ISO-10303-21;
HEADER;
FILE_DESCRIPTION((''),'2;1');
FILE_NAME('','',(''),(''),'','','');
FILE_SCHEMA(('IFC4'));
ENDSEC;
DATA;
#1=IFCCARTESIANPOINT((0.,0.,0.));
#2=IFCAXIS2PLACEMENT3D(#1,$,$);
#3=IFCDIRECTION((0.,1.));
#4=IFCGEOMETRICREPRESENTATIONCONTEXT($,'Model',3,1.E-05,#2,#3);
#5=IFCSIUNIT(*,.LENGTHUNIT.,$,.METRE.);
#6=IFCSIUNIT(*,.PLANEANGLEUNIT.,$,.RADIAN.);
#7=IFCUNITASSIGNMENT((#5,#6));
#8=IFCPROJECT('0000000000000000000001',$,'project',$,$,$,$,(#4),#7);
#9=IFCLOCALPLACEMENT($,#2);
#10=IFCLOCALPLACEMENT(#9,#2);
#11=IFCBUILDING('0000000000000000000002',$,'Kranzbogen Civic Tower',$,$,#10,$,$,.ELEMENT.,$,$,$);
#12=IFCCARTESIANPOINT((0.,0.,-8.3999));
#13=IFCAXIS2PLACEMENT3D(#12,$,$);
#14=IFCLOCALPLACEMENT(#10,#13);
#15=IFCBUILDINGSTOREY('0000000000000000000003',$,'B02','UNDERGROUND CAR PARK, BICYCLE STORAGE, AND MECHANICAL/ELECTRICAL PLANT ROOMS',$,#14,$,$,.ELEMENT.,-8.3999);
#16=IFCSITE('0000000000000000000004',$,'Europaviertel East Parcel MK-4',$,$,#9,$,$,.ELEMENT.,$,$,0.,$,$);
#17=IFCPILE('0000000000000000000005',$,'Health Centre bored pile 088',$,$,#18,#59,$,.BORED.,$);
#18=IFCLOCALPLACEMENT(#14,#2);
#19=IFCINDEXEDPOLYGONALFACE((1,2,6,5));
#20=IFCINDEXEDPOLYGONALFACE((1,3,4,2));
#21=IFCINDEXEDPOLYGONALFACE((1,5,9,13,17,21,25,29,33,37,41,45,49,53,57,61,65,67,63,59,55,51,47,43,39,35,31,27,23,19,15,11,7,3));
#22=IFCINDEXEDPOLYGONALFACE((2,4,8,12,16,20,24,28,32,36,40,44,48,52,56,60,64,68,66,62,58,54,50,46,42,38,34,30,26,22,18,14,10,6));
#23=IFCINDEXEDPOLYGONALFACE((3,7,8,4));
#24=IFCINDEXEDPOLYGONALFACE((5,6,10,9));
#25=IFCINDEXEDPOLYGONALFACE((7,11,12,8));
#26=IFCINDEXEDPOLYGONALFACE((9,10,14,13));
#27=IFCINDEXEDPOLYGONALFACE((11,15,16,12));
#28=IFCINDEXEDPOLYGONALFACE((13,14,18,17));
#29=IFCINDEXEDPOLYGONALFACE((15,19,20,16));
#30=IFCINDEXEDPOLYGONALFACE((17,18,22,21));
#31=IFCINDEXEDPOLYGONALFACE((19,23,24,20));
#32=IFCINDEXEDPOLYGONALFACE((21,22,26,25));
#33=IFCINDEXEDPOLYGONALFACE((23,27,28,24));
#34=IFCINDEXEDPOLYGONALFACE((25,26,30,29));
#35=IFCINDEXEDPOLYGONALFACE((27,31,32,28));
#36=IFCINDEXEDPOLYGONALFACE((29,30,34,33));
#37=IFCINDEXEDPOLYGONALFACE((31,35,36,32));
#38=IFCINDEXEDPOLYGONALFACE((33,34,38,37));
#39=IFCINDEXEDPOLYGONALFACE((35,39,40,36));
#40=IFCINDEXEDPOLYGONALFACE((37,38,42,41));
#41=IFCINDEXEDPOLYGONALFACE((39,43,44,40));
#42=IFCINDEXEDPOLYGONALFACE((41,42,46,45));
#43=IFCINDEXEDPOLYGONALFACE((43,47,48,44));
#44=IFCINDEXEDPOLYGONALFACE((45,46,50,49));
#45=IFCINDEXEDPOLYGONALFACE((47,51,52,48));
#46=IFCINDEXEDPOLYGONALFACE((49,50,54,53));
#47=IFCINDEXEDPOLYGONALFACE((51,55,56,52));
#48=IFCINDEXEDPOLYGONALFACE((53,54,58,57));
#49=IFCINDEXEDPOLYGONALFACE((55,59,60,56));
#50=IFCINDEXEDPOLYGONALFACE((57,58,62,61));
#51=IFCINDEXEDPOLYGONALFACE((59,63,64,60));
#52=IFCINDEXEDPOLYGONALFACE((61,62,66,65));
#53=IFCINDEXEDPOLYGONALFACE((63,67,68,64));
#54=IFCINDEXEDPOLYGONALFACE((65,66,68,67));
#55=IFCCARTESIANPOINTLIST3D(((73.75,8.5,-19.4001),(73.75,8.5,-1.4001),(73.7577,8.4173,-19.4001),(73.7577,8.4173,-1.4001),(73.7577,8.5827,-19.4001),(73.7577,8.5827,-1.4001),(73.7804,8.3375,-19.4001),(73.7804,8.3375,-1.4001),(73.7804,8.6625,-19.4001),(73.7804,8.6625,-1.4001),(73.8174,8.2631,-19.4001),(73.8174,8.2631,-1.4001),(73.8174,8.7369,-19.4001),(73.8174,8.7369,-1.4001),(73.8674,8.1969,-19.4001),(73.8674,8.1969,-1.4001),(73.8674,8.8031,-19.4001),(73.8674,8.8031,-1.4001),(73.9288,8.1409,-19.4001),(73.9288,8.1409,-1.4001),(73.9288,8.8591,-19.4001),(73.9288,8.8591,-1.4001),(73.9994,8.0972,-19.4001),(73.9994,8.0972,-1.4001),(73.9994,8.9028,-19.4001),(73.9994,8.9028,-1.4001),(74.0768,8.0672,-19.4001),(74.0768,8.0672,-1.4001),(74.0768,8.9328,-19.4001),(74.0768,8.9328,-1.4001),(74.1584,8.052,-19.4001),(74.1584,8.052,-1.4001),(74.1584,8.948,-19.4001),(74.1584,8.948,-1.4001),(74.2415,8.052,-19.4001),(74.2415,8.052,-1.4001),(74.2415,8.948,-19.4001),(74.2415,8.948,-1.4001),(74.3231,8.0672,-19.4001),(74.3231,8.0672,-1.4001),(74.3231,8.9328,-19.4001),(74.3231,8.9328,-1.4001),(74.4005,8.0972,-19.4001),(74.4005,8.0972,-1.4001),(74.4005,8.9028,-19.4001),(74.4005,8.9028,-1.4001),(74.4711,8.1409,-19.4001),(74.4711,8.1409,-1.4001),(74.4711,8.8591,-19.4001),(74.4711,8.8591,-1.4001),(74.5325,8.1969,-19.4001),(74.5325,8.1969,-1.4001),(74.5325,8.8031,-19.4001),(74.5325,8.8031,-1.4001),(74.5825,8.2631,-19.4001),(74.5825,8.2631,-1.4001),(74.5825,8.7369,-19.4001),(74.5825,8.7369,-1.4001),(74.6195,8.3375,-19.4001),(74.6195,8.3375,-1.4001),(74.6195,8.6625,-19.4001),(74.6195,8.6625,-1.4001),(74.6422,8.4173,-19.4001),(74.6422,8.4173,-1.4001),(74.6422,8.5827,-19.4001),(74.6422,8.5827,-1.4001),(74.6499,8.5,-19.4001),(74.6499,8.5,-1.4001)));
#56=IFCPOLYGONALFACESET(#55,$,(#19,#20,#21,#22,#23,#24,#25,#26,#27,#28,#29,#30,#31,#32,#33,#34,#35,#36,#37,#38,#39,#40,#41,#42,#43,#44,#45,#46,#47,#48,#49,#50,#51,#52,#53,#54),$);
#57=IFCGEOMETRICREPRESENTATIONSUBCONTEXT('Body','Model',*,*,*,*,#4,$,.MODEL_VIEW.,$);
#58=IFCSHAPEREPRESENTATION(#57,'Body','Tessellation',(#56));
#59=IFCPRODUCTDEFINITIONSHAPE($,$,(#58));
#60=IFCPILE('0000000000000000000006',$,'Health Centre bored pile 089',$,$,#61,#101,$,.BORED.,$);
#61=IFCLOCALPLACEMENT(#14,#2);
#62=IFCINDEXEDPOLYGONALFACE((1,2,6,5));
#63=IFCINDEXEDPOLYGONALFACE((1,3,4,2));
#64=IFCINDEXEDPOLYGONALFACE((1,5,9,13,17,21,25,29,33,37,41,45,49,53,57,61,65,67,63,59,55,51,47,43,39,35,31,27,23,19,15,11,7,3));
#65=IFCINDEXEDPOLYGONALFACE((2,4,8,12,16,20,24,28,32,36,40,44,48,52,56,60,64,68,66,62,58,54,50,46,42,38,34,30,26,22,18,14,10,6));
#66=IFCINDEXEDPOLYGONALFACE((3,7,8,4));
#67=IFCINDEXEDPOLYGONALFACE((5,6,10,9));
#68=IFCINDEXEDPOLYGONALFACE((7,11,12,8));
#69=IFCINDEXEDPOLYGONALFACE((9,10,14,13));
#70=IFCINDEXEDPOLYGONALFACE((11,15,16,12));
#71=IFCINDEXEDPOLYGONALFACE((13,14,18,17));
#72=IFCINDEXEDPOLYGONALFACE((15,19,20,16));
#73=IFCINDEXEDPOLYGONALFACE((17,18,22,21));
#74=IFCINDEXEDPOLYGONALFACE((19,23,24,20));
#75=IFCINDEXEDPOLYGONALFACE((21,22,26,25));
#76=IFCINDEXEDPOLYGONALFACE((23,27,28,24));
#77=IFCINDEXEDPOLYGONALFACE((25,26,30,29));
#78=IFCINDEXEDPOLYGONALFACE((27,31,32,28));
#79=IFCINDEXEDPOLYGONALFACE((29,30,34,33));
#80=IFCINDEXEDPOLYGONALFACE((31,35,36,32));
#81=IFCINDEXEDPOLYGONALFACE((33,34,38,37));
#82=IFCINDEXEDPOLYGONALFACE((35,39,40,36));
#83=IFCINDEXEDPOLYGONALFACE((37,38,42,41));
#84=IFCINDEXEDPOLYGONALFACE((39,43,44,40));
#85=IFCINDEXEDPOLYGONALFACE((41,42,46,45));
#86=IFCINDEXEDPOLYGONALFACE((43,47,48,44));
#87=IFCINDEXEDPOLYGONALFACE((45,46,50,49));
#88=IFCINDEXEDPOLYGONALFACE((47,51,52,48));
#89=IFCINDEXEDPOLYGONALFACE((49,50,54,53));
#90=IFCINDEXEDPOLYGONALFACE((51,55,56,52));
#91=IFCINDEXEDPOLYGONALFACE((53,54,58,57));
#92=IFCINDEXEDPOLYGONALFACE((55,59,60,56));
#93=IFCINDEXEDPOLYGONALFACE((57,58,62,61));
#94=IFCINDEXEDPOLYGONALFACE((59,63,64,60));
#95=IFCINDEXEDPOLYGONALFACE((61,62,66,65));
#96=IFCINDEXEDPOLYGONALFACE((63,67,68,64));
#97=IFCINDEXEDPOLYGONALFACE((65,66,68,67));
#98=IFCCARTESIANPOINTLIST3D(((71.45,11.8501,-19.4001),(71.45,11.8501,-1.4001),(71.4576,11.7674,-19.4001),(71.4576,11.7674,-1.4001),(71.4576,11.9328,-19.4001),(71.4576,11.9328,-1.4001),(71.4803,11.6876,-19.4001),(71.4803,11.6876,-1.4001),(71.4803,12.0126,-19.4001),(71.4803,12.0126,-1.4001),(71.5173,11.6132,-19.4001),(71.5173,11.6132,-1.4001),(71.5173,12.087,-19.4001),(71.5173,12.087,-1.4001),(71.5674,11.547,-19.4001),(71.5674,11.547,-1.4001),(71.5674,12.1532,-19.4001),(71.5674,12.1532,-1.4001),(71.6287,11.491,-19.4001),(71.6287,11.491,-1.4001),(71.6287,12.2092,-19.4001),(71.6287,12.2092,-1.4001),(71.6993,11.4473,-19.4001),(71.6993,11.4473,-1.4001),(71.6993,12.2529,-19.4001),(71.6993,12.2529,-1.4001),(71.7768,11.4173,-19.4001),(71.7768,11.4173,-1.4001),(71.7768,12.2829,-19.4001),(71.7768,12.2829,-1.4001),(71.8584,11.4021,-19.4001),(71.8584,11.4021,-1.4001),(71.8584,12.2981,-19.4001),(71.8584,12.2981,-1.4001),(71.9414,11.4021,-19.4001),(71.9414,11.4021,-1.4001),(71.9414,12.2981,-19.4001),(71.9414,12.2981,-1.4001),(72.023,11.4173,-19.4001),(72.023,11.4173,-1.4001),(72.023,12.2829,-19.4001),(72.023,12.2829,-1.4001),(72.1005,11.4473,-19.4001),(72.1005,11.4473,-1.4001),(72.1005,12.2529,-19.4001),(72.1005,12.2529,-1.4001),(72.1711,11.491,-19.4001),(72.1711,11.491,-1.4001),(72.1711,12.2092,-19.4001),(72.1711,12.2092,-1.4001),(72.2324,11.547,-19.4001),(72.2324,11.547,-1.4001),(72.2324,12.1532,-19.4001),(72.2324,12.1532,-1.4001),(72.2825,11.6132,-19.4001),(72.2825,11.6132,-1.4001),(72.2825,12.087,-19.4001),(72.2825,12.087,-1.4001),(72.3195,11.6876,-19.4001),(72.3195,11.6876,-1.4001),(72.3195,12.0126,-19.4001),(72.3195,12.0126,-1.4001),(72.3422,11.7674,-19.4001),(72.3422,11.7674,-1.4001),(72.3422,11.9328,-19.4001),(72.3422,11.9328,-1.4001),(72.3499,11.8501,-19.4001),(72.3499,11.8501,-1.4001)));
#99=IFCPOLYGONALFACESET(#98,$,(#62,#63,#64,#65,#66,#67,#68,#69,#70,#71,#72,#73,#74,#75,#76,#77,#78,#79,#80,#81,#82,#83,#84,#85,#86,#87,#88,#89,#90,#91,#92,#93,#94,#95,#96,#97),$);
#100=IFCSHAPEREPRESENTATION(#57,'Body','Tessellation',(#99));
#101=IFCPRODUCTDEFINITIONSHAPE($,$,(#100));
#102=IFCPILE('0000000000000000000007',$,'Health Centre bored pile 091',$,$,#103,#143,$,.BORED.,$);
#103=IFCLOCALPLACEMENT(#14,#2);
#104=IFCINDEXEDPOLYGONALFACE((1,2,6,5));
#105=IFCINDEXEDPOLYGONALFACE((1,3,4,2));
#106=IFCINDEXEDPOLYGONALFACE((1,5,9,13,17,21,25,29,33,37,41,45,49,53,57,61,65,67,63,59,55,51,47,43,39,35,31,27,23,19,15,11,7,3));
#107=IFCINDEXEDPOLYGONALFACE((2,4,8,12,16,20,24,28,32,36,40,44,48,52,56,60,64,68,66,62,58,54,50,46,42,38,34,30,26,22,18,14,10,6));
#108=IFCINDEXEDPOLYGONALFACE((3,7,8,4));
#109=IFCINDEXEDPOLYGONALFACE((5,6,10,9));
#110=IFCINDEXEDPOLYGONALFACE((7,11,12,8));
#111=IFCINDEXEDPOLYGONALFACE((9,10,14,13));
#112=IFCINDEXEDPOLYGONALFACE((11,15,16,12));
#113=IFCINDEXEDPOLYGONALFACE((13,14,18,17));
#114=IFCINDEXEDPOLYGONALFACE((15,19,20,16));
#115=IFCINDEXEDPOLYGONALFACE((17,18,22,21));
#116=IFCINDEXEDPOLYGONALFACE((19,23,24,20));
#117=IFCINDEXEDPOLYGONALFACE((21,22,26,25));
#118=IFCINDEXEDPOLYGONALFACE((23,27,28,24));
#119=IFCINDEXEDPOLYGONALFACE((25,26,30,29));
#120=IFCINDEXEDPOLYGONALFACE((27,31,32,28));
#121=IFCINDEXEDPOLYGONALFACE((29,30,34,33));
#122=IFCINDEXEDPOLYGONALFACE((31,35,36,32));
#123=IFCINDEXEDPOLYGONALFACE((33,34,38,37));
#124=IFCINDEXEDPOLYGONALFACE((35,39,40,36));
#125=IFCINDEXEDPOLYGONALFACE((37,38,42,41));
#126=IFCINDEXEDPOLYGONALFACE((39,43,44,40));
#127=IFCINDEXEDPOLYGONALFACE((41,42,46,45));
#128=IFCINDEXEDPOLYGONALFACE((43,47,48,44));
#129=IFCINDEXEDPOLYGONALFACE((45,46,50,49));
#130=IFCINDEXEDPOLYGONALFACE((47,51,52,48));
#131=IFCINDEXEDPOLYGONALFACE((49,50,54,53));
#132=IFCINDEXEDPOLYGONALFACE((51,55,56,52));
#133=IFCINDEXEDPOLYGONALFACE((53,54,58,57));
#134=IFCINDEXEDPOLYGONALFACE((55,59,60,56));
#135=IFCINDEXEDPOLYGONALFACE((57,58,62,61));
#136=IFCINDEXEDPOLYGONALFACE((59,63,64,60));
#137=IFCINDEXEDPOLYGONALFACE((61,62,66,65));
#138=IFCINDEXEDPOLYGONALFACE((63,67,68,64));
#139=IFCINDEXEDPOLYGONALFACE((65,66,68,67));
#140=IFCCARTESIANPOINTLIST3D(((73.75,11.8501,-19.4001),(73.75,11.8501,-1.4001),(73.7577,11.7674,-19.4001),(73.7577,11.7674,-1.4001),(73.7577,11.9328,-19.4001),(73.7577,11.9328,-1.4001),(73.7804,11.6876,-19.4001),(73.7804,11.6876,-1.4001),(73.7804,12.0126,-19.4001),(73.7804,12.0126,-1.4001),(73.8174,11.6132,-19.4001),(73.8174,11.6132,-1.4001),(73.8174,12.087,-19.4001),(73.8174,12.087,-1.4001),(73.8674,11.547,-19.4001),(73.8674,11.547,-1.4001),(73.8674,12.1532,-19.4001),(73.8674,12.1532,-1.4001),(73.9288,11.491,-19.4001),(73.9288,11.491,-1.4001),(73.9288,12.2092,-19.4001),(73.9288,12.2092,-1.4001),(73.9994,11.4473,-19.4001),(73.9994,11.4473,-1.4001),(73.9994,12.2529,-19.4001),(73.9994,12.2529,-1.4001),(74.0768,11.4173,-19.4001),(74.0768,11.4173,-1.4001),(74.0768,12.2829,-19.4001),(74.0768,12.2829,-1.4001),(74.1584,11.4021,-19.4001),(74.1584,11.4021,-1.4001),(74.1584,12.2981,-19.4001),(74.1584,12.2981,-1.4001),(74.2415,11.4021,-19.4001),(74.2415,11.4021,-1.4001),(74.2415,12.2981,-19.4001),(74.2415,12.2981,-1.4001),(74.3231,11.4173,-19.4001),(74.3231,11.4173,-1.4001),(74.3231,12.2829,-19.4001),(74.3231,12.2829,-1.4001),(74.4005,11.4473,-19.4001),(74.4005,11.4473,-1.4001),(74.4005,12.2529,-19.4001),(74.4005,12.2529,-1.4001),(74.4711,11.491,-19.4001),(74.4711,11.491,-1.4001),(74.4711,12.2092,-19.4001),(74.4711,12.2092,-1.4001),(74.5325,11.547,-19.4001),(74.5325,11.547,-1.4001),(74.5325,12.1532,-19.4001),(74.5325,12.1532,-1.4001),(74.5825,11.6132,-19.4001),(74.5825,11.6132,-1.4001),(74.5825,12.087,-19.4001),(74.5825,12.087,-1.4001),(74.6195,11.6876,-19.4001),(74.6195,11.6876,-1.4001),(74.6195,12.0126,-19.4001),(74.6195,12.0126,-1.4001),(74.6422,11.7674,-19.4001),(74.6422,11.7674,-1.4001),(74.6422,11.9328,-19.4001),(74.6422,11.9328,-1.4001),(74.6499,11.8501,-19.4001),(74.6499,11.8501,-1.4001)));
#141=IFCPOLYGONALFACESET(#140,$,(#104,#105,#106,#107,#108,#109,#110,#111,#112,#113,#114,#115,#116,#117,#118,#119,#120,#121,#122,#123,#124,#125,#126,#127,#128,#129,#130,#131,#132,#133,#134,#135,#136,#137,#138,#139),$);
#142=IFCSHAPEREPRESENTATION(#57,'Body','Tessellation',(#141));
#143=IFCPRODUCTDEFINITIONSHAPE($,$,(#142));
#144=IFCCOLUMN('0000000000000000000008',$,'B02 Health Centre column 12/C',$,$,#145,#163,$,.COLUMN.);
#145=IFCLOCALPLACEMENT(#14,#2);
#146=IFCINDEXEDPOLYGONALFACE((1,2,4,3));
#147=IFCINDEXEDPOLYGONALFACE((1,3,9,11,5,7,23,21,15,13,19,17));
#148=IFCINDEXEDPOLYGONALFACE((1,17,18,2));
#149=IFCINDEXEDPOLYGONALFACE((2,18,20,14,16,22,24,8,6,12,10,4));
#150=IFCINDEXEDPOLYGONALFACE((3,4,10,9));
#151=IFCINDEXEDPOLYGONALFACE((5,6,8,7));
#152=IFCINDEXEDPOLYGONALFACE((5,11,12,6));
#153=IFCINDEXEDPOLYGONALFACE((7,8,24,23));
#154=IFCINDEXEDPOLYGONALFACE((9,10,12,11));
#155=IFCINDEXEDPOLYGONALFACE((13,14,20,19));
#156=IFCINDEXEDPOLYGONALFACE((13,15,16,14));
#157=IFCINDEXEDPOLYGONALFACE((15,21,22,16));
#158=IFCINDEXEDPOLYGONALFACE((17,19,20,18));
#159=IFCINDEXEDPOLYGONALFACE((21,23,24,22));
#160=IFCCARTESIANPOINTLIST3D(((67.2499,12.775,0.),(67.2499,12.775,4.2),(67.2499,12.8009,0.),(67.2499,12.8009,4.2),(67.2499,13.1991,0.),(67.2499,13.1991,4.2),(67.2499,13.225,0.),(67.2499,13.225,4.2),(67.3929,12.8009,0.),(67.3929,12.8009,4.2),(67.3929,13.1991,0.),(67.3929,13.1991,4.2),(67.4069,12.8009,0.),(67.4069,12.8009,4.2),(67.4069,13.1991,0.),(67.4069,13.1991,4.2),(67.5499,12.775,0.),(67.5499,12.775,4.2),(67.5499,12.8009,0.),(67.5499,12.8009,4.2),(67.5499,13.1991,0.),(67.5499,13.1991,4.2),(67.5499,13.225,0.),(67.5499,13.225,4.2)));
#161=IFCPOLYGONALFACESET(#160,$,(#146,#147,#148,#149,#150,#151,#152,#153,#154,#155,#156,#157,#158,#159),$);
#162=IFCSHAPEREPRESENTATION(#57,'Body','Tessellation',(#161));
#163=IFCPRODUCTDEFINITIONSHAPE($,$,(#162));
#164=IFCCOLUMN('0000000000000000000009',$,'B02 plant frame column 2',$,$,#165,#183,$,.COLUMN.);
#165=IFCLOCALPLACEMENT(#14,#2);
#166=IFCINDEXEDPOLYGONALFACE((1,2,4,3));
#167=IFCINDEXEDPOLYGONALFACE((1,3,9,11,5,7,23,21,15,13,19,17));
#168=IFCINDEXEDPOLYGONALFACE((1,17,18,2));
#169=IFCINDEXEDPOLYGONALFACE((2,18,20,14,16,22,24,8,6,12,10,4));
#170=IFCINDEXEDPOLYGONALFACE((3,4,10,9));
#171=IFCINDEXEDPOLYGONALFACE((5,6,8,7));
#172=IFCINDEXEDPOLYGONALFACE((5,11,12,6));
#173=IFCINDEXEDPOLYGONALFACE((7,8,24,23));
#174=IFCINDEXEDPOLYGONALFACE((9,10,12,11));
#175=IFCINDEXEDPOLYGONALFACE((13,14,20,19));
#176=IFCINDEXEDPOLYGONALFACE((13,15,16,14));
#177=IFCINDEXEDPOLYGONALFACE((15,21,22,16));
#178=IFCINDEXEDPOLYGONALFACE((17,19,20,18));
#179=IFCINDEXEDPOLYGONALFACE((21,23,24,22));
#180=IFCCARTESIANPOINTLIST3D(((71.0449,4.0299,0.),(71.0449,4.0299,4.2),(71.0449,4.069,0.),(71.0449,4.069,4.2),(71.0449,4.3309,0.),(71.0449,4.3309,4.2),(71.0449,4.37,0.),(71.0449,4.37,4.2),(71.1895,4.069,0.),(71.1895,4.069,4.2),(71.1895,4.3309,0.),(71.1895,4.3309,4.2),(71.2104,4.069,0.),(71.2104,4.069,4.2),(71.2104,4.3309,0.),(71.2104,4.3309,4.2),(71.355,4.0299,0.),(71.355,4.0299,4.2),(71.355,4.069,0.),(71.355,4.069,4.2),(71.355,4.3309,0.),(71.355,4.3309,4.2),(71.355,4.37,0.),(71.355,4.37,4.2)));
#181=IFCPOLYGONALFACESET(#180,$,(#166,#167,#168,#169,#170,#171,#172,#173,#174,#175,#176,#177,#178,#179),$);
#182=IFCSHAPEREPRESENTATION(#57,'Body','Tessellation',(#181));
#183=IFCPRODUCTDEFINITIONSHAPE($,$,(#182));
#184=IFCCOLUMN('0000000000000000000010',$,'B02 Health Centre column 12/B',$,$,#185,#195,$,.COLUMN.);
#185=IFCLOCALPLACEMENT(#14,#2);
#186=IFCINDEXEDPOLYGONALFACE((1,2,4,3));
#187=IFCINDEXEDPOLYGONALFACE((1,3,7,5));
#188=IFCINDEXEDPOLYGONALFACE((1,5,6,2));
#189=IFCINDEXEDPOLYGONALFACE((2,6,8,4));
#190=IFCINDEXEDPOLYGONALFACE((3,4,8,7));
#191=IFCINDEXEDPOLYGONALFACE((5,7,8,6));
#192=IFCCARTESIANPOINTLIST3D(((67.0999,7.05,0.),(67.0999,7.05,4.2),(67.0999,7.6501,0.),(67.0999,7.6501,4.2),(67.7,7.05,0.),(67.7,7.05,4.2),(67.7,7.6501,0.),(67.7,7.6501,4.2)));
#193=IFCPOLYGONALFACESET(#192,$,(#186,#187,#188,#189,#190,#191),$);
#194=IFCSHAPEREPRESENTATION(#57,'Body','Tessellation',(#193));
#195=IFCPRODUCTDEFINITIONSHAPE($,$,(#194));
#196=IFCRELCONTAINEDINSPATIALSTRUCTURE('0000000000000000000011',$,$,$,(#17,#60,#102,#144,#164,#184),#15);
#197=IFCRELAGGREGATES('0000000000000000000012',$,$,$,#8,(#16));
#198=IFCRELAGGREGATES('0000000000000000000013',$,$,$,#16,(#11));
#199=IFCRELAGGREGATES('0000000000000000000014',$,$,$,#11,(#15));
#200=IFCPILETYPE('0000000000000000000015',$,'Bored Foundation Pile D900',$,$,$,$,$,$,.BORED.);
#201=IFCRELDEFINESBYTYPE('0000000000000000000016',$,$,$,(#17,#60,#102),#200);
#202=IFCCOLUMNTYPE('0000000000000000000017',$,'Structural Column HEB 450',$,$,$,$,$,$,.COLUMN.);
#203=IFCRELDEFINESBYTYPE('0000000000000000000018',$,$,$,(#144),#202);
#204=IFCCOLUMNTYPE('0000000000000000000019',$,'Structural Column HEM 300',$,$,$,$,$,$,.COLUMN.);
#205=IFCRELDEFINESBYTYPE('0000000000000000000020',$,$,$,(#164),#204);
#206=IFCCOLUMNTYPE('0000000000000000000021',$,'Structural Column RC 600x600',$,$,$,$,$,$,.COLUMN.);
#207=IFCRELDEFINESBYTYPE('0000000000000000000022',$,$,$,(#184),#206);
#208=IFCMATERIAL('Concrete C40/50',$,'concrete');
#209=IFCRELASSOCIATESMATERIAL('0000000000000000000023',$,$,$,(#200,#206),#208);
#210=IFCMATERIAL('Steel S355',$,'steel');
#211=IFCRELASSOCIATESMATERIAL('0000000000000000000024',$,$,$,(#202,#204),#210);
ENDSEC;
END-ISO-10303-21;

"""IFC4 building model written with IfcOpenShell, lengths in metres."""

from ifc_helpers import new_model, si_unit, direction, frame, origin, origin_2d, place, context, subcontext, project, spatial, rectangle, circle, i_section, extrude, material, material_profile, profile_set, type_object, element, save


model = new_model("IFC4")

# Units and contexts
model_context = context("Model", 3, precision=1e-05, world=origin(), true_north=direction((0.0, 1.0)))
body_context = subcontext(model_context, "Body", "Model", "MODEL_VIEW")
ifc_project = project(units=[si_unit("LENGTHUNIT", "METRE"), si_unit("PLANEANGLEUNIT", "RADIAN")], contexts=[model_context])

# Site, building, storey
site_placement = place(None, origin())
site = spatial("IfcSite", under=ifc_project, at=site_placement, Name="Europaviertel East Parcel MK-4", CompositionType="ELEMENT", RefElevation=0.0)
building_placement = place(site_placement, origin())
building = spatial("IfcBuilding", under=site, at=building_placement, Name="Kranzbogen Civic Tower", CompositionType="ELEMENT")
storey_placement = place(building_placement, frame((0.0, 0.0, -8.3999)))
storey = spatial("IfcBuildingStorey", under=building, at=storey_placement, Name="B02", Description="UNDERGROUND CAR PARK, BICYCLE STORAGE, AND MECHANICAL/ELECTRICAL PLANT ROOMS", CompositionType="ELEMENT", Elevation=-8.3999)

# Piles
ifc_material_1 = material(Name="Concrete C40/50", Category="concrete")
ifc_material_profile_1 = material_profile(ifc_material_1, circle(Radius=0.45, at=origin_2d()), Name="PILE D900")
ifc_profile_set_1 = profile_set([ifc_material_profile_1], Name="Concrete C40/50")
pile_type = type_object("IfcPileType", Name="Bored Foundation Pile D900", PredefinedType="BORED", material=ifc_profile_set_1)
for number, where, z_axis, x_axis, name in (
    (1, (74.2, 8.5, -1.4001), (0.0, 0.0, -1.0), (1.0, 0.0, 0.0), "Health Centre bored pile 088"),
    (2, (71.8999, 11.8501, -1.4001), (0.0, 0.0, -1.0), (1.0, 0.0, 0.0), "Health Centre bored pile 089"),
    (3, (74.2, 11.8501, -1.4001), (0.0, 0.0, -1.0), (1.0, 0.0, 0.0), "Health Centre bored pile 091"),
):
    element("IfcPile", number, at=place(storey_placement, frame(where, z_axis=z_axis, x_axis=x_axis)), inside=storey, type_object=pile_type, Name=name, PredefinedType="BORED", context=body_context, shape_type="SweptSolid", body=[
        extrude(circle(Radius=0.45, at=origin_2d()), origin(), (0.0, 0.0, 1.0), 18.0),
    ])

# Columns
ifc_material_2 = material(Name="Steel S355", Category="steel")
ifc_material_profile_2 = material_profile(ifc_material_2, i_section(OverallWidth=0.3, OverallDepth=0.45, WebThickness=0.0139, FlangeThickness=0.0259, at=origin_2d()), Name="HEB 450")
ifc_profile_set_2 = profile_set([ifc_material_profile_2], Name="Steel S355")
column_type_1 = type_object("IfcColumnType", Name="Structural Column HEB 450", PredefinedType="COLUMN", material=ifc_profile_set_2)
column_1_placement = place(storey_placement, frame((67.3999, 13.0, 0.0), z_axis=(0.0, 0.0, 1.0), x_axis=(1.0, 0.0, 0.0)))
element("IfcColumn", 4, at=column_1_placement, inside=storey, type_object=column_type_1, Name="B02 Health Centre column 12/C", PredefinedType="COLUMN", context=body_context, shape_type="SweptSolid", body=[
    extrude(i_section(OverallWidth=0.3, OverallDepth=0.45, WebThickness=0.0139, FlangeThickness=0.0259, at=origin_2d()), origin(), (0.0, 0.0, 1.0), 4.2),
])
ifc_material_profile_3 = material_profile(ifc_material_2, i_section(OverallWidth=0.3101, OverallDepth=0.3401, WebThickness=0.021, FlangeThickness=0.0391, at=origin_2d()), Name="HEM 300")
ifc_profile_set_3 = profile_set([ifc_material_profile_3], Name="Steel S355")
column_type_2 = type_object("IfcColumnType", Name="Structural Column HEM 300", PredefinedType="COLUMN", material=ifc_profile_set_3)
column_2_placement = place(storey_placement, frame((71.2, 4.2, 0.0), z_axis=(0.0, 0.0, 1.0), x_axis=(1.0, 0.0, 0.0)))
element("IfcColumn", 5, at=column_2_placement, inside=storey, type_object=column_type_2, Name="B02 plant frame column 2", PredefinedType="COLUMN", context=body_context, shape_type="SweptSolid", body=[
    extrude(i_section(OverallWidth=0.3101, OverallDepth=0.3401, WebThickness=0.021, FlangeThickness=0.0391, at=origin_2d()), origin(), (0.0, 0.0, 1.0), 4.2),
])
ifc_material_profile_4 = material_profile(ifc_material_1, rectangle(XDim=0.6001, YDim=0.6001, at=origin_2d()), Name="RC 600x600")
ifc_profile_set_4 = profile_set([ifc_material_profile_4], Name="Concrete C40/50")
column_type_3 = type_object("IfcColumnType", Name="Structural Column RC 600x600", PredefinedType="COLUMN", material=ifc_profile_set_4)
column_3_placement = place(storey_placement, frame((67.3999, 7.3501, 0.0), z_axis=(0.0, 0.0, 1.0), x_axis=(1.0, 0.0, 0.0)))
element("IfcColumn", 6, at=column_3_placement, inside=storey, type_object=column_type_3, Name="B02 Health Centre column 12/B", PredefinedType="COLUMN", context=body_context, shape_type="SweptSolid", body=[
    extrude(rectangle(XDim=0.6001, YDim=0.6001, at=origin_2d()), origin(), (0.0, 0.0, 1.0), 4.2),
])

save(model, "model.ifc")
